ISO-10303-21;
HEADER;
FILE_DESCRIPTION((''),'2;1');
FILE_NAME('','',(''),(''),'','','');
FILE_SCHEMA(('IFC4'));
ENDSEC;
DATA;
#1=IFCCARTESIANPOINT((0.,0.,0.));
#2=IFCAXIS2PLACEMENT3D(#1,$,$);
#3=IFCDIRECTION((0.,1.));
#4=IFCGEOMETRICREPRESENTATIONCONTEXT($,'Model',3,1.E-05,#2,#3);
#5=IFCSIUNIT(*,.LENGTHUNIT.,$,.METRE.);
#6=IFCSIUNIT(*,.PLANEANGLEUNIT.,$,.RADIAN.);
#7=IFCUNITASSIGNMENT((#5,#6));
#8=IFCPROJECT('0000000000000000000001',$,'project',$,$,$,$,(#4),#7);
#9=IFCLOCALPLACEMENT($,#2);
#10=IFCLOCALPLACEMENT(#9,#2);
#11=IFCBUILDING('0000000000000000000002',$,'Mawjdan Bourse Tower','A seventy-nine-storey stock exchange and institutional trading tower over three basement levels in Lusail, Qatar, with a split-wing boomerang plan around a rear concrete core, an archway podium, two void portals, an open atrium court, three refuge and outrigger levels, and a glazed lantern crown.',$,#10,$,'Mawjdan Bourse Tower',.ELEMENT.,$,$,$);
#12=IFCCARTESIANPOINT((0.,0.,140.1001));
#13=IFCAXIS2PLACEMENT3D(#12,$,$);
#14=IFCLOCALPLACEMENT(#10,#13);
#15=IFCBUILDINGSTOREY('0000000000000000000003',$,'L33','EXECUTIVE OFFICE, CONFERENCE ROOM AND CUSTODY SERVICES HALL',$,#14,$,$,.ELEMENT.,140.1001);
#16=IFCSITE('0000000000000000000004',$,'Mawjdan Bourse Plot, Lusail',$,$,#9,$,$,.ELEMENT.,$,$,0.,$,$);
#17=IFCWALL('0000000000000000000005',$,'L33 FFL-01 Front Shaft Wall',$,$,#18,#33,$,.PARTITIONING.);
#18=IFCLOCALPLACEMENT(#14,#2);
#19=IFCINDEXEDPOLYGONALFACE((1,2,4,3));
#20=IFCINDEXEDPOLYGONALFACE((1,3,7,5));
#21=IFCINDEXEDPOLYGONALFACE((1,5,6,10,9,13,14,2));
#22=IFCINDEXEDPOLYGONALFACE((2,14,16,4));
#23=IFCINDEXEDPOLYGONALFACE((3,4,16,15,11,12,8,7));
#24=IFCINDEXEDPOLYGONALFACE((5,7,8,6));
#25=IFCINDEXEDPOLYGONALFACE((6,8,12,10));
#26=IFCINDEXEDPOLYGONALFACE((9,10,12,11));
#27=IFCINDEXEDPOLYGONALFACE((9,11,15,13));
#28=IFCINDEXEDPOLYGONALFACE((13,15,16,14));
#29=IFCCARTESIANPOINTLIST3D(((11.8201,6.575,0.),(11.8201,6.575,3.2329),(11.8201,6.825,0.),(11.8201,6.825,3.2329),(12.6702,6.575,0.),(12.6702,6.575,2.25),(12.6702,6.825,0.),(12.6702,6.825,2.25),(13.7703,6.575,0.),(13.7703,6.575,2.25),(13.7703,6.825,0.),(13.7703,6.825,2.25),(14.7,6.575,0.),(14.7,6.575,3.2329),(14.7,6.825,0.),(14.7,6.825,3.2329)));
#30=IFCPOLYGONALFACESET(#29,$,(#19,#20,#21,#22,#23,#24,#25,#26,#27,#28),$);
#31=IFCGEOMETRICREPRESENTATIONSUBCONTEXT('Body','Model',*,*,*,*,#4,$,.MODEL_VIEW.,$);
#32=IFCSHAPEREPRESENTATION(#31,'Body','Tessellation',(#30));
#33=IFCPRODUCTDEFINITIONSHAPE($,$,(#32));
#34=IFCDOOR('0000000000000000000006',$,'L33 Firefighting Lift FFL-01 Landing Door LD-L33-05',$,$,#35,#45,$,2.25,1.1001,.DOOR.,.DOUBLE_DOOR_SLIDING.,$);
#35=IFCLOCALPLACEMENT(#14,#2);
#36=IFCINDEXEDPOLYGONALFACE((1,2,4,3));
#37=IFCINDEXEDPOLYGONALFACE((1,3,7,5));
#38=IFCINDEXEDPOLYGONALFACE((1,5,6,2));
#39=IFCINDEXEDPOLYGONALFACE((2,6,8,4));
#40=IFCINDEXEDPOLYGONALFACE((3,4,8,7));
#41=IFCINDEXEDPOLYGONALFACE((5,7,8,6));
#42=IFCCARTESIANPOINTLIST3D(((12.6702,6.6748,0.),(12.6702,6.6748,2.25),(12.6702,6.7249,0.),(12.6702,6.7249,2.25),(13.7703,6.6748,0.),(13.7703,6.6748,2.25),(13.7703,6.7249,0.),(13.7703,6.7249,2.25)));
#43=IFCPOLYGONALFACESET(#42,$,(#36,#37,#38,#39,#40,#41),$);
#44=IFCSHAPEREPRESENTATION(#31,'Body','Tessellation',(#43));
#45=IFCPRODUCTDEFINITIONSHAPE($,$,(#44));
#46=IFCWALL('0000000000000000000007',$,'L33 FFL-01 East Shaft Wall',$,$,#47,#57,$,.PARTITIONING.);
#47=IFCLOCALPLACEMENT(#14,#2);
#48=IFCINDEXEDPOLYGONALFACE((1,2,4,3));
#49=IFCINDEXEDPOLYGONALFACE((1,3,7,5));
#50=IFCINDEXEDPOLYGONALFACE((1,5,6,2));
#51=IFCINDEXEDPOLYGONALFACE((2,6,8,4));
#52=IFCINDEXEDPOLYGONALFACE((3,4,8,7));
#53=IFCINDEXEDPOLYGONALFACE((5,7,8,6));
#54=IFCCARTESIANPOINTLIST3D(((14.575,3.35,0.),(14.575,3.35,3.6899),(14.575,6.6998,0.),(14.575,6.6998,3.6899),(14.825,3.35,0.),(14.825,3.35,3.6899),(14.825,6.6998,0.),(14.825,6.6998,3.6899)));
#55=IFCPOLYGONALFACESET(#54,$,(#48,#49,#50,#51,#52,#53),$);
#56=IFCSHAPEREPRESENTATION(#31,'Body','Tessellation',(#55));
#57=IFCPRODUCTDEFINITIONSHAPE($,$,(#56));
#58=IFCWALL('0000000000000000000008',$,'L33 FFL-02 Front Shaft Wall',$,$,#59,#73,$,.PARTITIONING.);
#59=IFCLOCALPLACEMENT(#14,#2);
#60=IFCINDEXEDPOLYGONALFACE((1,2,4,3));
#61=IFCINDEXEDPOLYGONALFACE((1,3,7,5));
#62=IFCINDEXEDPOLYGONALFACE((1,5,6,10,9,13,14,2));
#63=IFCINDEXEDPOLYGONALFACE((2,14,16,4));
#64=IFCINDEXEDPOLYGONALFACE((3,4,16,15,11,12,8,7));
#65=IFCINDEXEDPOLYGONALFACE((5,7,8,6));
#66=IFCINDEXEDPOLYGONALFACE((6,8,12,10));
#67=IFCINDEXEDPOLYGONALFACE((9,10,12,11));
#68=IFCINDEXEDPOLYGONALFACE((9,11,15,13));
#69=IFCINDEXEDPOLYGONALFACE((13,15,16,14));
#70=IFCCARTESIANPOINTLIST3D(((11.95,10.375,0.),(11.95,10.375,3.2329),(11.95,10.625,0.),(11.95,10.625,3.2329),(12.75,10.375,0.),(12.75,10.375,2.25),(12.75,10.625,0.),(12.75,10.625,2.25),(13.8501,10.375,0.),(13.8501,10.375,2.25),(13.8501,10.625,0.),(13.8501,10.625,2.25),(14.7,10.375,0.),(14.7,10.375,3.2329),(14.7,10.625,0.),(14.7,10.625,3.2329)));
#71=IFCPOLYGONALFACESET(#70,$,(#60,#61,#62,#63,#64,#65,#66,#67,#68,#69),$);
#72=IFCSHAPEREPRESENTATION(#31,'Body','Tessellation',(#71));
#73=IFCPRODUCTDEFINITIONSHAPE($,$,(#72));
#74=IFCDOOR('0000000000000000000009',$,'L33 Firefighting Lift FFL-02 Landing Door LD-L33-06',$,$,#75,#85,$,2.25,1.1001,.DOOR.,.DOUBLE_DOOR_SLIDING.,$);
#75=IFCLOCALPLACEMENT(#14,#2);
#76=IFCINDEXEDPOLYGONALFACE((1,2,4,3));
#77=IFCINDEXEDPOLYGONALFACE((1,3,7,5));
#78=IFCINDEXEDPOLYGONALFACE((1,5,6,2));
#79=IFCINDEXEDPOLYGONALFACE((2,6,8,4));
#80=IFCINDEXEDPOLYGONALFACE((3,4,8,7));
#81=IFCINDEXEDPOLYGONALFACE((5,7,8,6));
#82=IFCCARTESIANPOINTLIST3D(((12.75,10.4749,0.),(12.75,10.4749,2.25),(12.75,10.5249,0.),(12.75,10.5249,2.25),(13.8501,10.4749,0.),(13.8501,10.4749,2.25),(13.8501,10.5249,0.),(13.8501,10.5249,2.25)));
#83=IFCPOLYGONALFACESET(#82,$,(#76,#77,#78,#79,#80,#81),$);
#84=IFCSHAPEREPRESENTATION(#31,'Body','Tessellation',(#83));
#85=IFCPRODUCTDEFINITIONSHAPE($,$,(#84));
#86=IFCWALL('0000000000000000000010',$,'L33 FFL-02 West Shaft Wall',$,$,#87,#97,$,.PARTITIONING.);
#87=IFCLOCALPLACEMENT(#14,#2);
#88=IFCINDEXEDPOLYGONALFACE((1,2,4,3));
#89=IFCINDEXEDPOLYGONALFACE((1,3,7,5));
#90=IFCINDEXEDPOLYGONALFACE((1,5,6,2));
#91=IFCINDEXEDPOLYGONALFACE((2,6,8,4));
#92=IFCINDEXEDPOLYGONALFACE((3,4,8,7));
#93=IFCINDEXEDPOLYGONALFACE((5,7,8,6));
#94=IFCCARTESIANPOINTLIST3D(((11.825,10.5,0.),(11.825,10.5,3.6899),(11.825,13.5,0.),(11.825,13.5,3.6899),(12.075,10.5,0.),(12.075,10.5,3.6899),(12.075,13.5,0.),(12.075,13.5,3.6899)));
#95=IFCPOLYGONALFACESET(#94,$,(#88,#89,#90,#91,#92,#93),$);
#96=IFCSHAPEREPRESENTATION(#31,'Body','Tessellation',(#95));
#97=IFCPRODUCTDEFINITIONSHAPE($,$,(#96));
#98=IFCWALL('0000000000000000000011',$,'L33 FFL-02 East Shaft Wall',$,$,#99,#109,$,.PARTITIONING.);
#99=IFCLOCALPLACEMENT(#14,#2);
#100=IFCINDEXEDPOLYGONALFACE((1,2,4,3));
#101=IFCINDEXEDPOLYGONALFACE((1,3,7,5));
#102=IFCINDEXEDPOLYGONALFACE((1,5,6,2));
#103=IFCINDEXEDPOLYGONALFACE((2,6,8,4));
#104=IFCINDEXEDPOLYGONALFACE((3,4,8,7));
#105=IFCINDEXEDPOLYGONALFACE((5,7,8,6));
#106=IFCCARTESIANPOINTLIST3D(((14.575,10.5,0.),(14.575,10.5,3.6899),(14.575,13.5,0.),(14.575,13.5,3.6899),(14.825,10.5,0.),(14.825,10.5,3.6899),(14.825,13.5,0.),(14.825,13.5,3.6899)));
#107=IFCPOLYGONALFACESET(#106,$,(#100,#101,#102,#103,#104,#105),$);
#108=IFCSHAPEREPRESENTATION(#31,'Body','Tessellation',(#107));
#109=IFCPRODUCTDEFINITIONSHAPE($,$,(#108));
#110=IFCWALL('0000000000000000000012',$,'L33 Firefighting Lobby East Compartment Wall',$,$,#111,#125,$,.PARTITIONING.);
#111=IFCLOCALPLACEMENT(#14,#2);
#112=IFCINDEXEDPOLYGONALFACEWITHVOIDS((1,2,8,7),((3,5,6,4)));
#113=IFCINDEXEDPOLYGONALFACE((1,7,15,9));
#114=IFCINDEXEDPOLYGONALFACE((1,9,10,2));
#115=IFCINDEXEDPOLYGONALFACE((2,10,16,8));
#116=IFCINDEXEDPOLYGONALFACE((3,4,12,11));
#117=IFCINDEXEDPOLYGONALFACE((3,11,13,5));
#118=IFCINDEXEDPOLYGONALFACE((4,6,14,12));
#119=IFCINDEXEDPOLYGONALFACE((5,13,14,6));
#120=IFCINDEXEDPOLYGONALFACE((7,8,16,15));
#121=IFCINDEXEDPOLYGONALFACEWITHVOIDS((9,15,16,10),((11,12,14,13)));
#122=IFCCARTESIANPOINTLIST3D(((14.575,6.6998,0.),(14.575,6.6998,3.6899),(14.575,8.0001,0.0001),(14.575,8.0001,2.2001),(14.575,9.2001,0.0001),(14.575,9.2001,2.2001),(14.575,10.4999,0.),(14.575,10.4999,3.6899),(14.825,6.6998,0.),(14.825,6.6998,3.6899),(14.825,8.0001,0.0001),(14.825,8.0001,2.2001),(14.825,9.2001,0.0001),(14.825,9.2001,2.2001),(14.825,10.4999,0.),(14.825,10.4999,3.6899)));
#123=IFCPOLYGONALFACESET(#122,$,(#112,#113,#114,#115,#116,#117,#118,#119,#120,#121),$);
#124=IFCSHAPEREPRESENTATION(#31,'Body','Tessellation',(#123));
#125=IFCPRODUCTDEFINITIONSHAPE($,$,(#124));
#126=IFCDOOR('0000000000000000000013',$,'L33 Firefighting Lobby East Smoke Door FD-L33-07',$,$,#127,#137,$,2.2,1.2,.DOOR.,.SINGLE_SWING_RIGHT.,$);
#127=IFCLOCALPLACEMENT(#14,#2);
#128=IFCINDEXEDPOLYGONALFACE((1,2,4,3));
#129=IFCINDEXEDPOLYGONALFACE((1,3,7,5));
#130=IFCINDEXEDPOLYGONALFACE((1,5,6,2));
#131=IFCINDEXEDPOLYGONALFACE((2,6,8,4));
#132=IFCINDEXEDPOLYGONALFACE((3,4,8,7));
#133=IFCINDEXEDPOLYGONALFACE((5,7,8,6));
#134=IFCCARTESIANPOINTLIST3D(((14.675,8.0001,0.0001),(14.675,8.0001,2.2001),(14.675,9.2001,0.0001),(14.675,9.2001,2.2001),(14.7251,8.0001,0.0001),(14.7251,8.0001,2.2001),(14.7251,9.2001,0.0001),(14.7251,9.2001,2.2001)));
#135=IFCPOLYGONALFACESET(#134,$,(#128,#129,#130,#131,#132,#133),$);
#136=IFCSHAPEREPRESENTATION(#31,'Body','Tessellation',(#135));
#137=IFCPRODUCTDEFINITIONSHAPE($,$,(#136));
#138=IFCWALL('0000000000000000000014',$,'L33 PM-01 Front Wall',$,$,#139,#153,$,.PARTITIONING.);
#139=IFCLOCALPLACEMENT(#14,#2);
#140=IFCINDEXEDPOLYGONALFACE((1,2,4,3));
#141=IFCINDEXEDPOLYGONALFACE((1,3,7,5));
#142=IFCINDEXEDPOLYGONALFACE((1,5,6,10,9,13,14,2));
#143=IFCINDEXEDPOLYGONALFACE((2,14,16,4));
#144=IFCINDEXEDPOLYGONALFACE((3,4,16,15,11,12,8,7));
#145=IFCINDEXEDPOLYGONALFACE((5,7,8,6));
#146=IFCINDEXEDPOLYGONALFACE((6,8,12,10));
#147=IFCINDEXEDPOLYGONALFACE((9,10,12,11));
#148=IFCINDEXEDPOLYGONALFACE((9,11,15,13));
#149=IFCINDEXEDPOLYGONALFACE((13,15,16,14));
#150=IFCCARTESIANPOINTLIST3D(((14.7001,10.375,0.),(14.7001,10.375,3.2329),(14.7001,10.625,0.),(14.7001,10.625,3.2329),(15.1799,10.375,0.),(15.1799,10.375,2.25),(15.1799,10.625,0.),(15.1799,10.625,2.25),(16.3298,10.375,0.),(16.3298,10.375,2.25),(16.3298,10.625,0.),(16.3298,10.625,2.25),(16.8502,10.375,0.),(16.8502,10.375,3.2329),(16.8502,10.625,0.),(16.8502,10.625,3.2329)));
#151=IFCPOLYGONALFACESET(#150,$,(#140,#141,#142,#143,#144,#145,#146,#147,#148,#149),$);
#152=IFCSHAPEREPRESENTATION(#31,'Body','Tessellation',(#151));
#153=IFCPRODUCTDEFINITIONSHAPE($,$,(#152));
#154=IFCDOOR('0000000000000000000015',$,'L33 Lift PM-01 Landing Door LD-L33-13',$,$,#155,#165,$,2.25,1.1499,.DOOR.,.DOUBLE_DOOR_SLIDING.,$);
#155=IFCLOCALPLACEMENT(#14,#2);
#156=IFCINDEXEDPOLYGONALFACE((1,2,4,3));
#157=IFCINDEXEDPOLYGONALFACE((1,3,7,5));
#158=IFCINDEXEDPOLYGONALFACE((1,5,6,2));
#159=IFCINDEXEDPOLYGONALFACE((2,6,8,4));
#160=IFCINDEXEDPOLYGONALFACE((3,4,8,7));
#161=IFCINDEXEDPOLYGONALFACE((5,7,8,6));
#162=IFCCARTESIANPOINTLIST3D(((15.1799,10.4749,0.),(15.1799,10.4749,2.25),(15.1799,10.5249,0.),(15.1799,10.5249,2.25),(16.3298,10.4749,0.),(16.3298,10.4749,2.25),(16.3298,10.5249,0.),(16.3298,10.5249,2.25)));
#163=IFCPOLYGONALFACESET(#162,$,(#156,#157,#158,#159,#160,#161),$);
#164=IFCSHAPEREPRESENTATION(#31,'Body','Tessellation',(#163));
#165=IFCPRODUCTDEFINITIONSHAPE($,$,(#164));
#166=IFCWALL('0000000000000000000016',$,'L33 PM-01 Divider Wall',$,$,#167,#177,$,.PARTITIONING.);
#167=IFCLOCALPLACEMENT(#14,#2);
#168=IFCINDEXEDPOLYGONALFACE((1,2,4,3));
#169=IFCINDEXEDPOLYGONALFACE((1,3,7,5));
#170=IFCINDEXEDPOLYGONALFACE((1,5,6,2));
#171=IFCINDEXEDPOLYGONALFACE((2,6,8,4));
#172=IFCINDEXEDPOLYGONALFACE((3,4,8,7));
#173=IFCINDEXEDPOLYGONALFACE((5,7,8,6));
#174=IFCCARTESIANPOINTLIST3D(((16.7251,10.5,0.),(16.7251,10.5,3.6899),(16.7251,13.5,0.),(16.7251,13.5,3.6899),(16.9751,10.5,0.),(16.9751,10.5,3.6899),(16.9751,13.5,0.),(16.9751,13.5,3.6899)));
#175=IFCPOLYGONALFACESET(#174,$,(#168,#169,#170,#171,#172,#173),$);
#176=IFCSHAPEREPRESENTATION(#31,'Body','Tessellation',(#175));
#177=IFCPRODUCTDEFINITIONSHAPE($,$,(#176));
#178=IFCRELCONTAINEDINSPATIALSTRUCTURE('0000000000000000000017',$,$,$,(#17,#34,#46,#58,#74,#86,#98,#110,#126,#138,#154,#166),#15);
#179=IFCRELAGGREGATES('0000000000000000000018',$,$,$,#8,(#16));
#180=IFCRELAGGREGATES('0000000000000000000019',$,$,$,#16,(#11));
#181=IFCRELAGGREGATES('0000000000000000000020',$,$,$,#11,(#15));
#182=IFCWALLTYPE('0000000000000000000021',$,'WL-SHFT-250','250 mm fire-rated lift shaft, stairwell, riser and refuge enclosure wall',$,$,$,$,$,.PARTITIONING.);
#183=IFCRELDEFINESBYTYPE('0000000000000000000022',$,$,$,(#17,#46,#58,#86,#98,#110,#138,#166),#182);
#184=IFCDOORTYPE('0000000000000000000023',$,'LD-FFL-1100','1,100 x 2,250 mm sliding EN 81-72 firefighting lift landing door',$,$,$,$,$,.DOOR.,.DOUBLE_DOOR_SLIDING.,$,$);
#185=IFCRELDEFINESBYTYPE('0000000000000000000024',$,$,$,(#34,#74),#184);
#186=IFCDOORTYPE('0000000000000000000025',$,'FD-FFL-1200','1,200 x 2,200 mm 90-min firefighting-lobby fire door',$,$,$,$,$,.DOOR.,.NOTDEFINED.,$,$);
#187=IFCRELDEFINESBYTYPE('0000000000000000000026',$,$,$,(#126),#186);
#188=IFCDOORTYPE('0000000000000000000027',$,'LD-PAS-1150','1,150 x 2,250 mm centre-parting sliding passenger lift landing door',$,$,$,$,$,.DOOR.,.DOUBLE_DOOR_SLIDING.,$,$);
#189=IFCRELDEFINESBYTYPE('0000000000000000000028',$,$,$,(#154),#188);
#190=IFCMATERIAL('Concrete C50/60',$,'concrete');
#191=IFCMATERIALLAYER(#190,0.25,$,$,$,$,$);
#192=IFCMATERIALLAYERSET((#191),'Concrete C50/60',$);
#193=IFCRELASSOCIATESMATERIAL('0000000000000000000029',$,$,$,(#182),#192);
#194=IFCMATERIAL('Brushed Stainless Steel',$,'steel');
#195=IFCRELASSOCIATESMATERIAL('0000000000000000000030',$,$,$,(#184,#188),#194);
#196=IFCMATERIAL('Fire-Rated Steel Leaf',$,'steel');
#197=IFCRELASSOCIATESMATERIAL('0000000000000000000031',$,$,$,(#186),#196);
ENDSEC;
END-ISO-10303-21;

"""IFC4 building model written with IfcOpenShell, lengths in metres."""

from ifc_helpers import new_model, si_unit, direction, frame, frame_2d, origin, place, context, subcontext, project, spatial, rectangle, extrude, material, layer, layer_set, type_object, element, fill, save


model = new_model("IFC4")

# Units and contexts
model_context = context("Model", 3, precision=1e-05, world=origin(), true_north=direction((0.0, 1.0)))
body_context = subcontext(model_context, "Body", "Model", "MODEL_VIEW")
ifc_project = project(units=[si_unit("LENGTHUNIT", "METRE"), si_unit("PLANEANGLEUNIT", "RADIAN")], contexts=[model_context])

# Site, building, storey
site_placement = place(None, origin())
site = spatial("IfcSite", under=ifc_project, at=site_placement, Name="Mawjdan Bourse Plot, Lusail", CompositionType="ELEMENT", RefElevation=0.0)
building_placement = place(site_placement, origin())
building = spatial("IfcBuilding", under=site, at=building_placement, Name="Mawjdan Bourse Tower", Description="A seventy-nine-storey stock exchange and institutional trading tower over three basement levels in Lusail, Qatar, with a split-wing boomerang plan around a rear concrete core, an archway podium, two void portals, an open atrium court, three refuge and outrigger levels, and a glazed lantern crown.", LongName="Mawjdan Bourse Tower", CompositionType="ELEMENT")
storey_placement = place(building_placement, frame((0.0, 0.0, 140.1001)))
storey = spatial("IfcBuildingStorey", under=building, at=storey_placement, Name="L33", Description="EXECUTIVE OFFICE, CONFERENCE ROOM AND CUSTODY SERVICES HALL", CompositionType="ELEMENT", Elevation=140.1001)

# Shared definitions
ifc_material_1 = material(Name="Concrete C50/60", Category="concrete")
ifc_layer_1 = layer(ifc_material_1, 0.25)
ifc_layer_set_1 = layer_set([ifc_layer_1], Name="Concrete C50/60")
wall_type_1 = type_object("IfcWallType", Name="WL-SHFT-250", Description="250 mm fire-rated lift shaft, stairwell, riser and refuge enclosure wall", PredefinedType="PARTITIONING", material=ifc_layer_set_1)

# Wall, opening, door
wall_1_placement = place(storey_placement, frame((11.8201, 6.7, 0.0), z_axis=(0.0, 0.0, 1.0), x_axis=(1.0, 0.0, 0.0)))
wall_1 = element("IfcWall", 1, at=wall_1_placement, inside=storey, type_object=wall_type_1, Name="L33 FFL-01 Front Shaft Wall", PredefinedType="PARTITIONING", context=body_context, shape_type="SweptSolid", body=[
    extrude(rectangle(XDim=2.8799, YDim=0.25, at=frame_2d((1.4399, 0.0))), origin(), (0.0, 0.0, 1.0), 3.2329),
])
opening_1_placement = place(wall_1_placement, frame((0.8501, 0.0, 0.0)))
opening_1 = element("IfcOpeningElement", 2, at=opening_1_placement, cuts=wall_1, PredefinedType="OPENING", context=body_context, shape_type="SweptSolid", body=[
    extrude(rectangle(XDim=1.1001, YDim=2.25, at=frame_2d((0.55, 1.125))), frame((0.0, 0.135, 0.0), z_axis=(0.0, -1.0, 0.0), x_axis=(1.0, 0.0, 0.0)), (0.0, 0.0, 1.0), 0.27),
])
ifc_material_2 = material(Name="Brushed Stainless Steel", Category="steel")
door_type_1 = type_object("IfcDoorType", Name="LD-FFL-1100", Description="1,100 x 2,250 mm sliding EN 81-72 firefighting lift landing door", OperationType="DOUBLE_DOOR_SLIDING", PredefinedType="DOOR", material=ifc_material_2)
door_1_placement = place(opening_1_placement, origin())
door_1 = element("IfcDoor", 3, at=door_1_placement, inside=storey, type_object=door_type_1, Name="L33 Firefighting Lift FFL-01 Landing Door LD-L33-05", OperationType="DOUBLE_DOOR_SLIDING", OverallHeight=2.25, OverallWidth=1.1001, PredefinedType="DOOR", context=body_context, shape_type="SweptSolid", body=[
    extrude(rectangle(XDim=1.1001, YDim=2.25, at=frame_2d((0.55, 1.125))), frame((0.0, 0.0249, 0.0), z_axis=(0.0, -1.0, 0.0), x_axis=(1.0, 0.0, 0.0)), (0.0, 0.0, 1.0), 0.05),
])
fill(opening_1, door_1)

# Wall
wall_2_placement = place(storey_placement, frame((14.7, 3.3501, 0.0), z_axis=(0.0, 0.0, 1.0), x_axis=(0.0, 1.0, 0.0)))
element("IfcWall", 4, at=wall_2_placement, inside=storey, type_object=wall_type_1, Name="L33 FFL-01 East Shaft Wall", PredefinedType="PARTITIONING", context=body_context, shape_type="SweptSolid", body=[
    extrude(rectangle(XDim=3.3499, YDim=0.25, at=frame_2d((1.6748, 0.0))), origin(), (0.0, 0.0, 1.0), 3.6899),
])

# Wall, opening, door
wall_3_placement = place(storey_placement, frame((11.95, 10.5, 0.0), z_axis=(0.0, 0.0, 1.0), x_axis=(1.0, 0.0, 0.0)))
wall_3 = element("IfcWall", 5, at=wall_3_placement, inside=storey, type_object=wall_type_1, Name="L33 FFL-02 Front Shaft Wall", PredefinedType="PARTITIONING", context=body_context, shape_type="SweptSolid", body=[
    extrude(rectangle(XDim=2.75, YDim=0.25, at=frame_2d((1.375, 0.0))), origin(), (0.0, 0.0, 1.0), 3.2329),
])
opening_2_placement = place(wall_3_placement, frame((0.8, 0.0, 0.0)))
opening_2 = element("IfcOpeningElement", 6, at=opening_2_placement, cuts=wall_3, PredefinedType="OPENING", context=body_context, shape_type="SweptSolid", body=[
    extrude(rectangle(XDim=1.1001, YDim=2.25, at=frame_2d((0.55, 1.125))), frame((0.0, 0.135, 0.0), z_axis=(0.0, -1.0, 0.0), x_axis=(1.0, 0.0, 0.0)), (0.0, 0.0, 1.0), 0.27),
])
door_2_placement = place(opening_2_placement, origin())
door_2 = element("IfcDoor", 7, at=door_2_placement, inside=storey, type_object=door_type_1, Name="L33 Firefighting Lift FFL-02 Landing Door LD-L33-06", OperationType="DOUBLE_DOOR_SLIDING", OverallHeight=2.25, OverallWidth=1.1001, PredefinedType="DOOR", context=body_context, shape_type="SweptSolid", body=[
    extrude(rectangle(XDim=1.1001, YDim=2.25, at=frame_2d((0.55, 1.125))), frame((0.0, 0.0249, 0.0), z_axis=(0.0, -1.0, 0.0), x_axis=(1.0, 0.0, 0.0)), (0.0, 0.0, 1.0), 0.05),
])
fill(opening_2, door_2)

# Walls
for number, where, z_axis, x_axis, name in (
    (8, (11.95, 10.5, 0.0), (0.0, 0.0, 1.0), (0.0, 1.0, 0.0), "L33 FFL-02 West Shaft Wall"),
    (9, (14.7, 10.5, 0.0), (0.0, 0.0, 1.0), (0.0, 1.0, 0.0), "L33 FFL-02 East Shaft Wall"),
):
    element("IfcWall", number, at=place(storey_placement, frame(where, z_axis=z_axis, x_axis=x_axis)), inside=storey, type_object=wall_type_1, Name=name, PredefinedType="PARTITIONING", context=body_context, shape_type="SweptSolid", body=[
        extrude(rectangle(XDim=3.0, YDim=0.25, at=frame_2d((1.5, 0.0))), origin(), (0.0, 0.0, 1.0), 3.6899),
    ])

# Walls, openings, doors
wall_4_placement = place(storey_placement, frame((14.7, 6.7, 0.0), z_axis=(0.0, 0.0, 1.0), x_axis=(0.0, 1.0, 0.0)))
wall_4 = element("IfcWall", 10, at=wall_4_placement, inside=storey, type_object=wall_type_1, Name="L33 Firefighting Lobby East Compartment Wall", PredefinedType="PARTITIONING", context=body_context, shape_type="SweptSolid", body=[
    extrude(rectangle(XDim=3.8, YDim=0.25, at=frame_2d((1.8999, 0.0))), origin(), (0.0, 0.0, 1.0), 3.6899),
])
opening_3_placement = place(wall_4_placement, frame((1.3, 0.0, 0.0)))
opening_3 = element("IfcOpeningElement", 11, at=opening_3_placement, cuts=wall_4, PredefinedType="OPENING", context=body_context, shape_type="SweptSolid", body=[
    extrude(rectangle(XDim=1.2, YDim=2.2, at=frame_2d((0.6001, 1.1001))), frame((0.0, 0.135, 0.0), z_axis=(0.0, -1.0, 0.0), x_axis=(1.0, 0.0, 0.0)), (0.0, 0.0, 1.0), 0.27),
])
ifc_material_3 = material(Name="Fire-Rated Steel Leaf", Category="steel")
door_type_2 = type_object("IfcDoorType", Name="FD-FFL-1200", Description="1,200 x 2,200 mm 90-min firefighting-lobby fire door", OperationType="NOTDEFINED", PredefinedType="DOOR", material=ifc_material_3)
door_3_placement = place(opening_3_placement, origin())
door_3 = element("IfcDoor", 12, at=door_3_placement, inside=storey, type_object=door_type_2, Name="L33 Firefighting Lobby East Smoke Door FD-L33-07", OperationType="SINGLE_SWING_RIGHT", OverallHeight=2.2, OverallWidth=1.2, PredefinedType="DOOR", context=body_context, shape_type="SweptSolid", body=[
    extrude(rectangle(XDim=1.2, YDim=2.2, at=frame_2d((0.6001, 1.1001))), frame((0.0, 0.0249, 0.0), z_axis=(0.0, -1.0, 0.0), x_axis=(1.0, 0.0, 0.0)), (0.0, 0.0, 1.0), 0.05),
])
fill(opening_3, door_3)
wall_5_placement = place(storey_placement, frame((14.7, 10.5, 0.0), z_axis=(0.0, 0.0, 1.0), x_axis=(1.0, 0.0, 0.0)))
wall_5 = element("IfcWall", 13, at=wall_5_placement, inside=storey, type_object=wall_type_1, Name="L33 PM-01 Front Wall", PredefinedType="PARTITIONING", context=body_context, shape_type="SweptSolid", body=[
    extrude(rectangle(XDim=2.1501, YDim=0.25, at=frame_2d((1.0752, 0.0))), origin(), (0.0, 0.0, 1.0), 3.2329),
])
opening_4_placement = place(wall_5_placement, frame((0.48, 0.0, 0.0)))
opening_4 = element("IfcOpeningElement", 14, at=opening_4_placement, cuts=wall_5, PredefinedType="OPENING", context=body_context, shape_type="SweptSolid", body=[
    extrude(rectangle(XDim=1.1499, YDim=2.25, at=frame_2d((0.575, 1.125))), frame((0.0, 0.135, 0.0), z_axis=(0.0, -1.0, 0.0), x_axis=(1.0, 0.0, 0.0)), (0.0, 0.0, 1.0), 0.27),
])
door_type_3 = type_object("IfcDoorType", Name="LD-PAS-1150", Description="1,150 x 2,250 mm centre-parting sliding passenger lift landing door", OperationType="DOUBLE_DOOR_SLIDING", PredefinedType="DOOR", material=ifc_material_2)
door_4_placement = place(opening_4_placement, origin())
door_4 = element("IfcDoor", 15, at=door_4_placement, inside=storey, type_object=door_type_3, Name="L33 Lift PM-01 Landing Door LD-L33-13", OperationType="DOUBLE_DOOR_SLIDING", OverallHeight=2.25, OverallWidth=1.1499, PredefinedType="DOOR", context=body_context, shape_type="SweptSolid", body=[
    extrude(rectangle(XDim=1.1499, YDim=2.25, at=frame_2d((0.575, 1.125))), frame((0.0, 0.0249, 0.0), z_axis=(0.0, -1.0, 0.0), x_axis=(1.0, 0.0, 0.0)), (0.0, 0.0, 1.0), 0.05),
])
fill(opening_4, door_4)

# Wall
wall_6_placement = place(storey_placement, frame((16.8501, 10.5, 0.0), z_axis=(0.0, 0.0, 1.0), x_axis=(0.0, 1.0, 0.0)))
element("IfcWall", 16, at=wall_6_placement, inside=storey, type_object=wall_type_1, Name="L33 PM-01 Divider Wall", PredefinedType="PARTITIONING", context=body_context, shape_type="SweptSolid", body=[
    extrude(rectangle(XDim=3.0, YDim=0.25, at=frame_2d((1.5, 0.0))), origin(), (0.0, 0.0, 1.0), 3.6899),
])

save(model, "model.ifc")
